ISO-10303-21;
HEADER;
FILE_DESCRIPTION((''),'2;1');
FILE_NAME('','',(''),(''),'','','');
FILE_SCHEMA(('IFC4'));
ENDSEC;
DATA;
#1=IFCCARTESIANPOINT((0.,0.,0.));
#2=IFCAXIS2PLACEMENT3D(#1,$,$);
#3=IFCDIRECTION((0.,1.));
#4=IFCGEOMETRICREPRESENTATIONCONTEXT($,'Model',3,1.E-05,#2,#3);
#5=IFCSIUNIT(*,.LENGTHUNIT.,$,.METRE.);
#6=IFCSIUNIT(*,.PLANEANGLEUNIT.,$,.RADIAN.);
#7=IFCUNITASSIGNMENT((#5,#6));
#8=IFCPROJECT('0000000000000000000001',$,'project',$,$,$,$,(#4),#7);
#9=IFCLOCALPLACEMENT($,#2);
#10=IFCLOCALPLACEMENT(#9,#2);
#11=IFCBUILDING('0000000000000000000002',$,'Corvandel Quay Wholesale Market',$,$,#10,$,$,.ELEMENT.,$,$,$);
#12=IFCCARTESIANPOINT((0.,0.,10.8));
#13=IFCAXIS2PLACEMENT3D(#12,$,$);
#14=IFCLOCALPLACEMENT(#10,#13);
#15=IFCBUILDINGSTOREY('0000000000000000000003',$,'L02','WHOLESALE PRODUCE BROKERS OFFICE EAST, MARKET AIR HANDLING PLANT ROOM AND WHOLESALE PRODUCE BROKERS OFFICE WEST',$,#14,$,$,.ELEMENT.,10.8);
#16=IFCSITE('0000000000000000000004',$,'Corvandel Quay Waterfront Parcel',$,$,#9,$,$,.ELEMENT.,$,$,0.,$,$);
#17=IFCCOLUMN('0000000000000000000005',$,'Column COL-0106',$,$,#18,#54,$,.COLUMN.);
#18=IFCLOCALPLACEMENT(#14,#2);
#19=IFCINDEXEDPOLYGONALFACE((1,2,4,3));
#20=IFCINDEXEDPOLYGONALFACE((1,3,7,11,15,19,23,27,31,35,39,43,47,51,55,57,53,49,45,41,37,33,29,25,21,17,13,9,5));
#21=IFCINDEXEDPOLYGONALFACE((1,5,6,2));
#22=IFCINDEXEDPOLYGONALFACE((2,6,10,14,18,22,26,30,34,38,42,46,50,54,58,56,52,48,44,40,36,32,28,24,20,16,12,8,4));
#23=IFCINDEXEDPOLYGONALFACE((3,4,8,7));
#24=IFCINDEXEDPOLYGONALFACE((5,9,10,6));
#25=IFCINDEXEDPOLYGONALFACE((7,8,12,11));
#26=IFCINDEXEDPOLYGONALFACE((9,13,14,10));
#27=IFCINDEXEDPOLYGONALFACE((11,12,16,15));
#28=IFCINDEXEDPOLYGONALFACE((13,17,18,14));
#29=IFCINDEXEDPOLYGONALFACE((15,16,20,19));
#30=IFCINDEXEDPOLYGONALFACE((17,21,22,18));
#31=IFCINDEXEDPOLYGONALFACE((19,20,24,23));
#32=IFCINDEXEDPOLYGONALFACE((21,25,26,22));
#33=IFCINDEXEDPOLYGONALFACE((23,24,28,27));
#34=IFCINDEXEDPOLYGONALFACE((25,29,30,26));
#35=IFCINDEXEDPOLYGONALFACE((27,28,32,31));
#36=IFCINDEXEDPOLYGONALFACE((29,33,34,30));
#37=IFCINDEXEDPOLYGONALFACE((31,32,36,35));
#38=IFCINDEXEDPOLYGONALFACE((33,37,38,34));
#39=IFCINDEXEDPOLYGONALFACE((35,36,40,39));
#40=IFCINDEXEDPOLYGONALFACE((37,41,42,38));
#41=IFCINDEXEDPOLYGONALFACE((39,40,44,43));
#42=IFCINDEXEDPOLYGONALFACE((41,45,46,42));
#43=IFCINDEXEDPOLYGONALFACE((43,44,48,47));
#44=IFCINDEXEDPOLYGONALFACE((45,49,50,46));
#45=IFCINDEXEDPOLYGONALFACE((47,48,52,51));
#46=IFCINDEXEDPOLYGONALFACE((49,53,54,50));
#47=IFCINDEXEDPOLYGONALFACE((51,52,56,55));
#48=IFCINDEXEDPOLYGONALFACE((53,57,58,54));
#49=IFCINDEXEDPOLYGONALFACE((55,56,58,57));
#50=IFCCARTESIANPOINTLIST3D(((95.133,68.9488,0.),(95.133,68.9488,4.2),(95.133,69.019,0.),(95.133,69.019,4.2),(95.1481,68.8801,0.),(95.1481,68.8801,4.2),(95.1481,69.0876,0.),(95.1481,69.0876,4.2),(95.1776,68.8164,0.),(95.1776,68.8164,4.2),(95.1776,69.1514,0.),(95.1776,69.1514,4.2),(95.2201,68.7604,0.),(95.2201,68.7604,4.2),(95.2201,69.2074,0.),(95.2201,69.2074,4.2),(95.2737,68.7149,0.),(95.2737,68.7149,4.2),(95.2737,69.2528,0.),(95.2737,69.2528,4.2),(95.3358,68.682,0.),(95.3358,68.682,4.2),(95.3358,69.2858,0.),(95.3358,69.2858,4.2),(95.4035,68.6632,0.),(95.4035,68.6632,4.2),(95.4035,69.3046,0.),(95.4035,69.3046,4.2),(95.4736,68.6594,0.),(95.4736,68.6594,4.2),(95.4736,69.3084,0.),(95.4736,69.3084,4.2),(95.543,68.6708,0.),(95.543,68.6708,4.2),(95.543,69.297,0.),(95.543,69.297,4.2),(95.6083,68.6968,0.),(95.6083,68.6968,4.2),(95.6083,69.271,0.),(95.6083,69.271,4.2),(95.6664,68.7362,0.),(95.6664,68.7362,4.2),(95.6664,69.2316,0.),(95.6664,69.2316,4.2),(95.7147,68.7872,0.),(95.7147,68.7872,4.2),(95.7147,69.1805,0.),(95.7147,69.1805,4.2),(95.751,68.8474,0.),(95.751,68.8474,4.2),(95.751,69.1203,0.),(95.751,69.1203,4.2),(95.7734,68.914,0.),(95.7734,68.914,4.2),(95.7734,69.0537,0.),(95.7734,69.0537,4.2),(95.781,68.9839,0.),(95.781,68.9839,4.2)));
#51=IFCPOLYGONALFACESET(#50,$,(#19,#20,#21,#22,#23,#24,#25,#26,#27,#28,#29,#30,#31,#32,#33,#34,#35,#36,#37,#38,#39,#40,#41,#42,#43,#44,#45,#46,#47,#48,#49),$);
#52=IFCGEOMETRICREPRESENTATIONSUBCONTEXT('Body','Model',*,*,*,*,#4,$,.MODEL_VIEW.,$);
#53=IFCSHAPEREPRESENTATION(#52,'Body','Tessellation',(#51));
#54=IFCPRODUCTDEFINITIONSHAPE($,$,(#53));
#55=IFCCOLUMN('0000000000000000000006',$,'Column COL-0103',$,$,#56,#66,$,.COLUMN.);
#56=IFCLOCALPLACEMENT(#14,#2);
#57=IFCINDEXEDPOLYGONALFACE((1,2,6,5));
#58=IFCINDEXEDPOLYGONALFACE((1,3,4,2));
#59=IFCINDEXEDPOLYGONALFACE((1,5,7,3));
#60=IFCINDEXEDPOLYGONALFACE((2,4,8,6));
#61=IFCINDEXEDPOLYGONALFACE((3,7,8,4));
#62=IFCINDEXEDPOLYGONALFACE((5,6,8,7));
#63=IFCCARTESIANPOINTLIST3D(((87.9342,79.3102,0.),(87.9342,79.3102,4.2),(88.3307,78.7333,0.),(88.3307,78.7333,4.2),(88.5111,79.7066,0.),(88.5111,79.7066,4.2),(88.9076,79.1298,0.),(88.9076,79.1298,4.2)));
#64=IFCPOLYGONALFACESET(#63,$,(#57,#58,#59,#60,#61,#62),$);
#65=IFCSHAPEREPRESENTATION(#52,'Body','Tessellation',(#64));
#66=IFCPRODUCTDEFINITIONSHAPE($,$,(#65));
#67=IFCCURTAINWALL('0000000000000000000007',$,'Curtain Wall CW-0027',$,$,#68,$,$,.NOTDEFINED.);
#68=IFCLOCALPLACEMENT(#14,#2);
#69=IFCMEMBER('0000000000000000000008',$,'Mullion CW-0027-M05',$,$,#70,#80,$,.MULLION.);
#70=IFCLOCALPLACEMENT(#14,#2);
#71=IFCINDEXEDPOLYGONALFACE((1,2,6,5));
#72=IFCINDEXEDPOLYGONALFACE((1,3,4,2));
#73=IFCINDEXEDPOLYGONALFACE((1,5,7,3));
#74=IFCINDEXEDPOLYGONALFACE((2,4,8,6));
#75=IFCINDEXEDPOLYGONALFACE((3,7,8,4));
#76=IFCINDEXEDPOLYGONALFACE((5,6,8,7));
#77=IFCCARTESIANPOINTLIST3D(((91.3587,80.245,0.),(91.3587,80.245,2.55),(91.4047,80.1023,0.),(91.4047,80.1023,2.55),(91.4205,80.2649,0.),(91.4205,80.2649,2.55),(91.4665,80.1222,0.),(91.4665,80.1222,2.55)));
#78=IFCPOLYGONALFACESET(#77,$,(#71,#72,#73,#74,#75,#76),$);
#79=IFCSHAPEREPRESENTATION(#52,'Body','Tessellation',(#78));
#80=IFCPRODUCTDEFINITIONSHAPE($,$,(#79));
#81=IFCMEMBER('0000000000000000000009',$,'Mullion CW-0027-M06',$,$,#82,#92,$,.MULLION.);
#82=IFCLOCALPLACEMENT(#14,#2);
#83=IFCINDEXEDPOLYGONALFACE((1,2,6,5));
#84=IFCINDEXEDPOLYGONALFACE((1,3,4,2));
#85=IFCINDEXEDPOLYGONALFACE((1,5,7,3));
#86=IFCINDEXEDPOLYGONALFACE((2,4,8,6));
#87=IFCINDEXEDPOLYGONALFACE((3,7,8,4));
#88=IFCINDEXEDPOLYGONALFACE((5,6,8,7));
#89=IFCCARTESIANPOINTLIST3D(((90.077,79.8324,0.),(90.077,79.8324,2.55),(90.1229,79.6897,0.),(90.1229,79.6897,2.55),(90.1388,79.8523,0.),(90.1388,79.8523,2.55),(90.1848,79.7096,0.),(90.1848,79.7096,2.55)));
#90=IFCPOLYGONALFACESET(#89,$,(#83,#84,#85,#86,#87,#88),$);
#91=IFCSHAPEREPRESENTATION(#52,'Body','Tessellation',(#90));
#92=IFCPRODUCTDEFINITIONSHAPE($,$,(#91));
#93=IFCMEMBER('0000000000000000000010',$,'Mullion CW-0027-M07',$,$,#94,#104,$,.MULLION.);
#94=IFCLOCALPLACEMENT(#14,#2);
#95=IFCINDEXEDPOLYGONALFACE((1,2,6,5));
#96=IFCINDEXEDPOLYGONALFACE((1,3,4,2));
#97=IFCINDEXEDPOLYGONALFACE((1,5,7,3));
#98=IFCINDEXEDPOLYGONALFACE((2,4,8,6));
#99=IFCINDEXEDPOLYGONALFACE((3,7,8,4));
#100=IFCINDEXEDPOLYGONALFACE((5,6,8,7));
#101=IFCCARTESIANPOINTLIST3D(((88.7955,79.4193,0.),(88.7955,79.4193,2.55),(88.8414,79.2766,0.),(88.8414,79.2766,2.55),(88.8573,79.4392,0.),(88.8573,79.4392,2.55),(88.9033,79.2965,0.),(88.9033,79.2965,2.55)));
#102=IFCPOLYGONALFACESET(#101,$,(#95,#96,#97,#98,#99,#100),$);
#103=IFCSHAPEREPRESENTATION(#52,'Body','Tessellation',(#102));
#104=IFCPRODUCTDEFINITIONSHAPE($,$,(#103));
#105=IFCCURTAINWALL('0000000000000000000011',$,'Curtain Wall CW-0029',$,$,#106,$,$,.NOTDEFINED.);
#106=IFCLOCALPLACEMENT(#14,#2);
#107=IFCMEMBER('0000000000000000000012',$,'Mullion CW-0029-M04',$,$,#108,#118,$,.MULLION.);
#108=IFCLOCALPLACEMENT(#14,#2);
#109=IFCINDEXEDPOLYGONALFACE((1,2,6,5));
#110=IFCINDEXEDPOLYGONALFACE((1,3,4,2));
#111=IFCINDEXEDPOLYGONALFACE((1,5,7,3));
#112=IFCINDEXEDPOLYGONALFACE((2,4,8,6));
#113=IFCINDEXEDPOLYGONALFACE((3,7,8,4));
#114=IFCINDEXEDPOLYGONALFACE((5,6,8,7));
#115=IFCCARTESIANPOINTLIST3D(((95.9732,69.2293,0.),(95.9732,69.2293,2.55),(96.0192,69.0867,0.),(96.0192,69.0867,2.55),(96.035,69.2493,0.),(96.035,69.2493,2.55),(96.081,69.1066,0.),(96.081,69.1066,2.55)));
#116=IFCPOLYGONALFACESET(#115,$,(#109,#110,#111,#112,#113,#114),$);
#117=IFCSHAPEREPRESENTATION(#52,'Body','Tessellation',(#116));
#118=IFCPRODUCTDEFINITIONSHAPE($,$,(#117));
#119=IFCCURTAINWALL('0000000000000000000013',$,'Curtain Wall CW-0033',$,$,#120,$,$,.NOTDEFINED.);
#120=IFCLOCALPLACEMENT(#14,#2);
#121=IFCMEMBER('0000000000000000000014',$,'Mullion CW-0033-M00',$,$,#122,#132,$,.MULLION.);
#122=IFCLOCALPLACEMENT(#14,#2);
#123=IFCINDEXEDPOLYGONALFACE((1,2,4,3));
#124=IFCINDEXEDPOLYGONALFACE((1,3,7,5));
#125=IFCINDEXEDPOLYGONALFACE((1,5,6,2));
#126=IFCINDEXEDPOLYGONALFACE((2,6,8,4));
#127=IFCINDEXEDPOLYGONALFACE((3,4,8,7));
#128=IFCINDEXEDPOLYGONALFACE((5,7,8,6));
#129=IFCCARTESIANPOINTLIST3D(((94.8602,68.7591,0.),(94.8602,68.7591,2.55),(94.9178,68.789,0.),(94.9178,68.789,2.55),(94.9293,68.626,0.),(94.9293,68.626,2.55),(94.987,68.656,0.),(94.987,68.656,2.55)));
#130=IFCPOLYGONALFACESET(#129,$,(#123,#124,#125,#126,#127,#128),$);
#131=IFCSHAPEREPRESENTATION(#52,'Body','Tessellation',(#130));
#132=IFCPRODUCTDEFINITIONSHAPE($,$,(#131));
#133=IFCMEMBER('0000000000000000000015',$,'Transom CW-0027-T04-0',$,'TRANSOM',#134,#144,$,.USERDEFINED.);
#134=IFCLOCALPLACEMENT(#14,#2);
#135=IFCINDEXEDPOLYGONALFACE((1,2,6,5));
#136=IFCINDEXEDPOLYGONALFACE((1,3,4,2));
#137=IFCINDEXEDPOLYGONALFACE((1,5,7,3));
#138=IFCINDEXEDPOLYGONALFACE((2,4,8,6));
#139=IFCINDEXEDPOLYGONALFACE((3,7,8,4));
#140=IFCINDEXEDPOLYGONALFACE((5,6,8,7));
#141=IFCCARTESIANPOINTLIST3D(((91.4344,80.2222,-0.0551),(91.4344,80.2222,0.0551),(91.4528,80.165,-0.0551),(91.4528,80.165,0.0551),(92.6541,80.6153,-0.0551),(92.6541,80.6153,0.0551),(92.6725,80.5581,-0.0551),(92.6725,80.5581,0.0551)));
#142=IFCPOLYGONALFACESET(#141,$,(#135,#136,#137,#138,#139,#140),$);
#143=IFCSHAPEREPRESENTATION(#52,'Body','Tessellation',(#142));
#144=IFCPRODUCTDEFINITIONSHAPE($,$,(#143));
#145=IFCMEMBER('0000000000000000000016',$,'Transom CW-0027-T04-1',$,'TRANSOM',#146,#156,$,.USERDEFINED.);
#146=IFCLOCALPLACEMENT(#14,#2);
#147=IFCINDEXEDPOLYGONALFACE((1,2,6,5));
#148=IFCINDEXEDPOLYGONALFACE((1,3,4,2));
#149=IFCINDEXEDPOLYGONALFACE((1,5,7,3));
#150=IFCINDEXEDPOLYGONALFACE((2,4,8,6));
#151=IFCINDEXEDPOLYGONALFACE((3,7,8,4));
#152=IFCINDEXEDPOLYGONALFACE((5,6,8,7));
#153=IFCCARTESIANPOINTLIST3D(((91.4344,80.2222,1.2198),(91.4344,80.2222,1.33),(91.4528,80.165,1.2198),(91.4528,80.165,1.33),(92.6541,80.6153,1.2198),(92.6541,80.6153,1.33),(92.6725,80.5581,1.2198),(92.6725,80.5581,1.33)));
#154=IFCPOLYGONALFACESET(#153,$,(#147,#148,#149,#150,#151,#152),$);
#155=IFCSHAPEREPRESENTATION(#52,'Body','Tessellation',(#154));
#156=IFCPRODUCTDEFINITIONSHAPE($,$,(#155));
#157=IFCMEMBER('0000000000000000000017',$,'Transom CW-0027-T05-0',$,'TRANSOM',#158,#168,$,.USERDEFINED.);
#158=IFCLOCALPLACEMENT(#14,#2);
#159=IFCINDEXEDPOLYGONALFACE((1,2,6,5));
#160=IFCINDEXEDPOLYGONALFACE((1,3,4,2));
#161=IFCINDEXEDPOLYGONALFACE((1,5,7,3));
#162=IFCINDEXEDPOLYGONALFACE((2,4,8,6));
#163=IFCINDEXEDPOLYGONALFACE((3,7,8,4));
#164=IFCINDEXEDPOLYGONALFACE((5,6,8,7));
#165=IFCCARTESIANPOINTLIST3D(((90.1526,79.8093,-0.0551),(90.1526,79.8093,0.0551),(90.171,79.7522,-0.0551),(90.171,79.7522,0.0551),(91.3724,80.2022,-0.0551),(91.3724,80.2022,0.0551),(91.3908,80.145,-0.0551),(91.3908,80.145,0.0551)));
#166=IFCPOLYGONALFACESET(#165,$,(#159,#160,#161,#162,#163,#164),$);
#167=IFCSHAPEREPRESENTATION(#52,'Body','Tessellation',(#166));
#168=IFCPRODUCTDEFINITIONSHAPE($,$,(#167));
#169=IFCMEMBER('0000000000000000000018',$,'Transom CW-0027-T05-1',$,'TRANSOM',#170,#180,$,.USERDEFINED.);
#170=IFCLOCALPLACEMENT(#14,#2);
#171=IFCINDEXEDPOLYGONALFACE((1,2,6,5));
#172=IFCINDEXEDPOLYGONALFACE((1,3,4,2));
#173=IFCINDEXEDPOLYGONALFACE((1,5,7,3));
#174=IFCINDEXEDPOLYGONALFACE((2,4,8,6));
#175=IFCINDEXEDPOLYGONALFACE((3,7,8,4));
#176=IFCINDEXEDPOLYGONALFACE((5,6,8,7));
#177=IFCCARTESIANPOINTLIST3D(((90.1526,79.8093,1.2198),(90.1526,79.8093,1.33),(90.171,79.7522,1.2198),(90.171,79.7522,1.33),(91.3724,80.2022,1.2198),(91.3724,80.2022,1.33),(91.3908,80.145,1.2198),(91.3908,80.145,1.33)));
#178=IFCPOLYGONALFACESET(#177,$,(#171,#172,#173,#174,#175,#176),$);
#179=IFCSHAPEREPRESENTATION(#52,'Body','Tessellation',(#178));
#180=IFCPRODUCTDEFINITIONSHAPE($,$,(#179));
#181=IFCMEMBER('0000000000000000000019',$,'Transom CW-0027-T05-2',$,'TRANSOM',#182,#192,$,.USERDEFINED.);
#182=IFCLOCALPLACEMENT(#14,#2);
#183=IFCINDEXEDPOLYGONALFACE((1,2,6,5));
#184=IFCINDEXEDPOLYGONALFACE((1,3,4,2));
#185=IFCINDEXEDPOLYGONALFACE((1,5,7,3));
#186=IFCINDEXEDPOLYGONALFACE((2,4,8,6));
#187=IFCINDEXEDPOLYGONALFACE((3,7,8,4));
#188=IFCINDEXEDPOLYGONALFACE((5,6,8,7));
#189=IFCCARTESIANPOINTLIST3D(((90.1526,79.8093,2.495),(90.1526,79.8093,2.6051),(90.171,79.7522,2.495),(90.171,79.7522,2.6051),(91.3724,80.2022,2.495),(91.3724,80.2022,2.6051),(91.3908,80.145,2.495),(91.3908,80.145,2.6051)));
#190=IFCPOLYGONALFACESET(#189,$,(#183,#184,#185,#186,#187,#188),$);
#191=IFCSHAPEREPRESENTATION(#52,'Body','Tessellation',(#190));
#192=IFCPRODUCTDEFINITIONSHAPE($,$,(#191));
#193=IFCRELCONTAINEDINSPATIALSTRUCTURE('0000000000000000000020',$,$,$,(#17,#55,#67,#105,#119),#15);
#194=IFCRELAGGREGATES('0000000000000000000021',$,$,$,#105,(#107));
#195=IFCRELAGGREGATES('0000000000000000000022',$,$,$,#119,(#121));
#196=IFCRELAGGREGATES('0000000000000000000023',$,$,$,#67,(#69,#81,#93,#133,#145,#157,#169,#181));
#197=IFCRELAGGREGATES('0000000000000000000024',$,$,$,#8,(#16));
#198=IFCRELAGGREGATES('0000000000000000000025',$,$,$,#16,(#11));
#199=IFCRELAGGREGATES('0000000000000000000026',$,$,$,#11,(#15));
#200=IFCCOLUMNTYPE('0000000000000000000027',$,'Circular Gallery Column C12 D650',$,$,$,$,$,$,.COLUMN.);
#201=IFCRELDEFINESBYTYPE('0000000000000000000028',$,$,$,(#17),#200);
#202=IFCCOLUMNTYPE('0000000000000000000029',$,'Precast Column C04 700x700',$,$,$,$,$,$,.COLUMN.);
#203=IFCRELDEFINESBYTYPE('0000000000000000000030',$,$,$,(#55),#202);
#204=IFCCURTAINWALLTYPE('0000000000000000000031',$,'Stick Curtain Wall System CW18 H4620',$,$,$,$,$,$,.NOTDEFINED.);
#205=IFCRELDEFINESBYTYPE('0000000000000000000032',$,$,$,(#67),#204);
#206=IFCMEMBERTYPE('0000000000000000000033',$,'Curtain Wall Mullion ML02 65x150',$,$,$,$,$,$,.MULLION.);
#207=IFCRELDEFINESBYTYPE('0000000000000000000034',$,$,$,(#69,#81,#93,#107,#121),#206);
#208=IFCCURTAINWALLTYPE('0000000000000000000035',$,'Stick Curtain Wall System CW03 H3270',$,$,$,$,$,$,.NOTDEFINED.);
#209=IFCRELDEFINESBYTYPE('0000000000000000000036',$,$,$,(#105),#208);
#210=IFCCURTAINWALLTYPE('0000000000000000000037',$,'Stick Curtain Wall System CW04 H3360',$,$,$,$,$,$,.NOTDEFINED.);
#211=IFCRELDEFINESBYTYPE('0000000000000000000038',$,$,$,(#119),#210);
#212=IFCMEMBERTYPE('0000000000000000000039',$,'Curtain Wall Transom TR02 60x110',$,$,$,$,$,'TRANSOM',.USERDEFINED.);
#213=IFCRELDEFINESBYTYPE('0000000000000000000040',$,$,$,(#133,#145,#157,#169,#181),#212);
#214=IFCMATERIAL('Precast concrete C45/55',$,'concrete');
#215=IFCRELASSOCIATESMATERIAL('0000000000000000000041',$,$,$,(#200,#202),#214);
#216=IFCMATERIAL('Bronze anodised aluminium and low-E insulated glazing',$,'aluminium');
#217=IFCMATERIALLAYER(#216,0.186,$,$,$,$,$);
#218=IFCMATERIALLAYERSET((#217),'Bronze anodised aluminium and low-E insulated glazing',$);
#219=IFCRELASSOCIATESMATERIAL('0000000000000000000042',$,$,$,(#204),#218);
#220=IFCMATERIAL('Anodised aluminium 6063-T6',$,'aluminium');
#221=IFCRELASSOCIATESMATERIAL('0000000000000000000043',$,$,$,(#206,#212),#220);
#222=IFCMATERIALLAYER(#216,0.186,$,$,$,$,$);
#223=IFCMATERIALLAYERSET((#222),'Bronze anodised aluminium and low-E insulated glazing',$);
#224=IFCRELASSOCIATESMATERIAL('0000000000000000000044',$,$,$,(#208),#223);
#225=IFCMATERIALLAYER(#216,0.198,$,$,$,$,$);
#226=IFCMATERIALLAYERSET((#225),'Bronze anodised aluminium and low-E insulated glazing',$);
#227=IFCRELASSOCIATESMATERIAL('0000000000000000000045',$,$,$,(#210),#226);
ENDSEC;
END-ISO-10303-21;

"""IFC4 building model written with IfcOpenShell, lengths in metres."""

from ifc_helpers import new_model, si_unit, direction, frame, origin, origin_2d, place, context, subcontext, project, spatial, rectangle, circle, extrude, material, layer, layer_set, material_profile, profile_set, type_object, element, aggregate, save


model = new_model("IFC4")

# Units and contexts
model_context = context("Model", 3, precision=1e-05, world=origin(), true_north=direction((0.0, 1.0)))
body_context = subcontext(model_context, "Body", "Model", "MODEL_VIEW")
ifc_project = project(units=[si_unit("LENGTHUNIT", "METRE"), si_unit("PLANEANGLEUNIT", "RADIAN")], contexts=[model_context])

# Site, building, storey
site_placement = place(None, origin())
site = spatial("IfcSite", under=ifc_project, at=site_placement, Name="Corvandel Quay Waterfront Parcel", CompositionType="ELEMENT", RefElevation=0.0)
building_placement = place(site_placement, origin())
building = spatial("IfcBuilding", under=site, at=building_placement, Name="Corvandel Quay Wholesale Market", CompositionType="ELEMENT")
storey_placement = place(building_placement, frame((0.0, 0.0, 10.8)))
storey = spatial("IfcBuildingStorey", under=building, at=storey_placement, Name="L02", Description="WHOLESALE PRODUCE BROKERS OFFICE EAST, MARKET AIR HANDLING PLANT ROOM AND WHOLESALE PRODUCE BROKERS OFFICE WEST", CompositionType="ELEMENT", Elevation=10.8)

# Columns
ifc_material_1 = material(Name="Precast concrete C45/55", Category="concrete")
ifc_material_profile_1 = material_profile(ifc_material_1, circle(Radius=0.325, at=origin_2d()), Name="PC-COL-D650")
ifc_profile_set_1 = profile_set([ifc_material_profile_1], Name="Precast concrete C45/55")
column_type_1 = type_object("IfcColumnType", Name="Circular Gallery Column C12 D650", PredefinedType="COLUMN", material=ifc_profile_set_1)
column_1_placement = place(storey_placement, frame((95.4561, 68.9839, 0.0), z_axis=(0.0, 0.0, 1.0), x_axis=(1.0, 0.0, 0.0)))
element("IfcColumn", 1, at=column_1_placement, inside=storey, type_object=column_type_1, Name="Column COL-0106", PredefinedType="COLUMN", context=body_context, shape_type="SweptSolid", body=[
    extrude(circle(Radius=0.325, at=origin_2d()), origin(), (0.0, 0.0, 1.0), 4.2),
])
ifc_material_profile_2 = material_profile(ifc_material_1, rectangle(XDim=0.7, YDim=0.7, at=origin_2d()), Name="PC-COL-700x700")
ifc_profile_set_2 = profile_set([ifc_material_profile_2], Name="Precast concrete C45/55")
column_type_2 = type_object("IfcColumnType", Name="Precast Column C04 700x700", PredefinedType="COLUMN", material=ifc_profile_set_2)
column_2_placement = place(storey_placement, frame((88.4209, 79.22, 0.0), z_axis=(0.0, 0.0, 1.0), x_axis=(0.824126, 0.566406, 0.0)))
element("IfcColumn", 2, at=column_2_placement, inside=storey, type_object=column_type_2, Name="Column COL-0103", PredefinedType="COLUMN", context=body_context, shape_type="SweptSolid", body=[
    extrude(rectangle(XDim=0.7, YDim=0.7, at=origin_2d()), origin(), (0.0, 0.0, 1.0), 4.2),
])

# Curtain wall, members
ifc_material_2 = material(Name="Bronze anodised aluminium and low-E insulated glazing", Category="aluminium")
ifc_layer_1 = layer(ifc_material_2, 0.186)
ifc_layer_set_1 = layer_set([ifc_layer_1], Name="Bronze anodised aluminium and low-E insulated glazing")
curtain_wall_type_1 = type_object("IfcCurtainWallType", Name="Stick Curtain Wall System CW18 H4620", PredefinedType="NOTDEFINED", material=ifc_layer_set_1)
curtain_wall_1_placement = place(storey_placement, origin())
curtain_wall_1 = element("IfcCurtainWall", 3, at=curtain_wall_1_placement, inside=storey, type_object=curtain_wall_type_1, Name="Curtain Wall CW-0027", PredefinedType="NOTDEFINED")
ifc_material_3 = material(Name="Anodised aluminium 6063-T6", Category="aluminium")
ifc_material_profile_3 = material_profile(ifc_material_3, rectangle(XDim=0.0649, YDim=0.1499, at=origin_2d()), Name="ALU-MUL-65x150")
ifc_profile_set_3 = profile_set([ifc_material_profile_3], Name="Anodised aluminium 6063-T6")
member_type_1 = type_object("IfcMemberType", Name="Curtain Wall Mullion ML02 65x150", PredefinedType="MULLION", material=ifc_profile_set_3)
member_1_placement = place(storey_placement, frame((91.4126, 80.1836, 0.0), z_axis=(0.0, 0.0, 1.0), x_axis=(0.951809, 0.306692, 0.0)))
member_1 = element("IfcMember", 4, at=member_1_placement, type_object=member_type_1, Name="Mullion CW-0027-M05", PredefinedType="MULLION", context=body_context, shape_type="SweptSolid", body=[
    extrude(rectangle(XDim=0.0649, YDim=0.1499, at=origin_2d()), origin(), (0.0, 0.0, 1.0), 2.55),
])
member_2_placement = place(storey_placement, frame((90.1309, 79.771, 0.0), z_axis=(0.0, 0.0, 1.0), x_axis=(0.951809, 0.306692, 0.0)))
member_2 = element("IfcMember", 5, at=member_2_placement, type_object=member_type_1, Name="Mullion CW-0027-M06", PredefinedType="MULLION", context=body_context, shape_type="SweptSolid", body=[
    extrude(rectangle(XDim=0.0649, YDim=0.1499, at=origin_2d()), origin(), (0.0, 0.0, 1.0), 2.55),
])
member_3_placement = place(storey_placement, frame((88.8494, 79.3579, 0.0), z_axis=(0.0, 0.0, 1.0), x_axis=(0.951809, 0.306692, 0.0)))
member_3 = element("IfcMember", 6, at=member_3_placement, type_object=member_type_1, Name="Mullion CW-0027-M07", PredefinedType="MULLION", context=body_context, shape_type="SweptSolid", body=[
    extrude(rectangle(XDim=0.0649, YDim=0.1499, at=origin_2d()), origin(), (0.0, 0.0, 1.0), 2.55),
])

# Curtain walls, members
ifc_layer_2 = layer(ifc_material_2, 0.186)
ifc_layer_set_2 = layer_set([ifc_layer_2], Name="Bronze anodised aluminium and low-E insulated glazing")
curtain_wall_type_2 = type_object("IfcCurtainWallType", Name="Stick Curtain Wall System CW03 H3270", PredefinedType="NOTDEFINED", material=ifc_layer_set_2)
curtain_wall_2_placement = place(storey_placement, origin())
curtain_wall_2 = element("IfcCurtainWall", 7, at=curtain_wall_2_placement, inside=storey, type_object=curtain_wall_type_2, Name="Curtain Wall CW-0029", PredefinedType="NOTDEFINED")
member_4_placement = place(storey_placement, frame((96.0271, 69.168, 0.0), z_axis=(0.0, 0.0, 1.0), x_axis=(0.951809, 0.306692, 0.0)))
member_4 = element("IfcMember", 8, at=member_4_placement, type_object=member_type_1, Name="Mullion CW-0029-M04", PredefinedType="MULLION", context=body_context, shape_type="SweptSolid", body=[
    extrude(rectangle(XDim=0.0649, YDim=0.1499, at=origin_2d()), origin(), (0.0, 0.0, 1.0), 2.55),
])
aggregate(curtain_wall_2, [member_4])
ifc_layer_3 = layer(ifc_material_2, 0.198)
ifc_layer_set_3 = layer_set([ifc_layer_3], Name="Bronze anodised aluminium and low-E insulated glazing")
curtain_wall_type_3 = type_object("IfcCurtainWallType", Name="Stick Curtain Wall System CW04 H3360", PredefinedType="NOTDEFINED", material=ifc_layer_set_3)
curtain_wall_3_placement = place(storey_placement, origin())
curtain_wall_3 = element("IfcCurtainWall", 9, at=curtain_wall_3_placement, inside=storey, type_object=curtain_wall_type_3, Name="Curtain Wall CW-0033", PredefinedType="NOTDEFINED")
member_5_placement = place(storey_placement, frame((94.9236, 68.7075, 0.0), z_axis=(0.0, 0.0, 1.0), x_axis=(0.887333, 0.461129, 0.0)))
member_5 = element("IfcMember", 10, at=member_5_placement, type_object=member_type_1, Name="Mullion CW-0033-M00", PredefinedType="MULLION", context=body_context, shape_type="SweptSolid", body=[
    extrude(rectangle(XDim=0.0649, YDim=0.1499, at=origin_2d()), origin(), (0.0, 0.0, 1.0), 2.55),
])
aggregate(curtain_wall_3, [member_5])

# Members
ifc_material_profile_4 = material_profile(ifc_material_3, rectangle(XDim=0.0601, YDim=0.1101, at=origin_2d()), Name="ALU-TRN-60x110")
ifc_profile_set_4 = profile_set([ifc_material_profile_4], Name="Anodised aluminium 6063-T6")
member_type_2 = type_object("IfcMemberType", Name="Curtain Wall Transom TR02 60x110", ElementType="TRANSOM", PredefinedType="USERDEFINED", material=ifc_profile_set_4)
member_6_placement = place(storey_placement, frame((92.6633, 80.5867, 0.0), z_axis=(-0.951798, -0.306724, 0.0), x_axis=(0.306724, -0.951798, 0.0)))
member_6 = element("IfcMember", 11, at=member_6_placement, type_object=member_type_2, Name="Transom CW-0027-T04-0", ObjectType="TRANSOM", PredefinedType="USERDEFINED", context=body_context, shape_type="SweptSolid", body=[
    extrude(rectangle(XDim=0.0601, YDim=0.1101, at=origin_2d()), origin(), (0.0, 0.0, 1.0), 1.2815),
])
member_7_placement = place(storey_placement, frame((92.6633, 80.5867, 1.2749), z_axis=(-0.951798, -0.306724, 0.0), x_axis=(0.306724, -0.951798, 0.0)))
member_7 = element("IfcMember", 12, at=member_7_placement, type_object=member_type_2, Name="Transom CW-0027-T04-1", ObjectType="TRANSOM", PredefinedType="USERDEFINED", context=body_context, shape_type="SweptSolid", body=[
    extrude(rectangle(XDim=0.0601, YDim=0.1101, at=origin_2d()), origin(), (0.0, 0.0, 1.0), 1.2815),
])
member_8_placement = place(storey_placement, frame((91.3816, 80.1736, 0.0), z_axis=(-0.951854, -0.306552, 0.0), x_axis=(0.306552, -0.951854, 0.0)))
member_8 = element("IfcMember", 13, at=member_8_placement, type_object=member_type_2, Name="Transom CW-0027-T05-0", ObjectType="TRANSOM", PredefinedType="USERDEFINED", context=body_context, shape_type="SweptSolid", body=[
    extrude(rectangle(XDim=0.0601, YDim=0.1101, at=origin_2d()), origin(), (0.0, 0.0, 1.0), 1.2815),
])
member_9_placement = place(storey_placement, frame((91.3816, 80.1736, 1.2749), z_axis=(-0.951854, -0.306552, 0.0), x_axis=(0.306552, -0.951854, 0.0)))
member_9 = element("IfcMember", 14, at=member_9_placement, type_object=member_type_2, Name="Transom CW-0027-T05-1", ObjectType="TRANSOM", PredefinedType="USERDEFINED", context=body_context, shape_type="SweptSolid", body=[
    extrude(rectangle(XDim=0.0601, YDim=0.1101, at=origin_2d()), origin(), (0.0, 0.0, 1.0), 1.2815),
])
member_10_placement = place(storey_placement, frame((91.3816, 80.1736, 2.55), z_axis=(-0.951854, -0.306552, 0.0), x_axis=(0.306552, -0.951854, 0.0)))
member_10 = element("IfcMember", 15, at=member_10_placement, type_object=member_type_2, Name="Transom CW-0027-T05-2", ObjectType="TRANSOM", PredefinedType="USERDEFINED", context=body_context, shape_type="SweptSolid", body=[
    extrude(rectangle(XDim=0.0601, YDim=0.1101, at=origin_2d()), origin(), (0.0, 0.0, 1.0), 1.2815),
])

aggregate(curtain_wall_1, [member_1, member_2, member_3, member_6, member_7, member_8, member_9, member_10])

save(model, "model.ifc")
